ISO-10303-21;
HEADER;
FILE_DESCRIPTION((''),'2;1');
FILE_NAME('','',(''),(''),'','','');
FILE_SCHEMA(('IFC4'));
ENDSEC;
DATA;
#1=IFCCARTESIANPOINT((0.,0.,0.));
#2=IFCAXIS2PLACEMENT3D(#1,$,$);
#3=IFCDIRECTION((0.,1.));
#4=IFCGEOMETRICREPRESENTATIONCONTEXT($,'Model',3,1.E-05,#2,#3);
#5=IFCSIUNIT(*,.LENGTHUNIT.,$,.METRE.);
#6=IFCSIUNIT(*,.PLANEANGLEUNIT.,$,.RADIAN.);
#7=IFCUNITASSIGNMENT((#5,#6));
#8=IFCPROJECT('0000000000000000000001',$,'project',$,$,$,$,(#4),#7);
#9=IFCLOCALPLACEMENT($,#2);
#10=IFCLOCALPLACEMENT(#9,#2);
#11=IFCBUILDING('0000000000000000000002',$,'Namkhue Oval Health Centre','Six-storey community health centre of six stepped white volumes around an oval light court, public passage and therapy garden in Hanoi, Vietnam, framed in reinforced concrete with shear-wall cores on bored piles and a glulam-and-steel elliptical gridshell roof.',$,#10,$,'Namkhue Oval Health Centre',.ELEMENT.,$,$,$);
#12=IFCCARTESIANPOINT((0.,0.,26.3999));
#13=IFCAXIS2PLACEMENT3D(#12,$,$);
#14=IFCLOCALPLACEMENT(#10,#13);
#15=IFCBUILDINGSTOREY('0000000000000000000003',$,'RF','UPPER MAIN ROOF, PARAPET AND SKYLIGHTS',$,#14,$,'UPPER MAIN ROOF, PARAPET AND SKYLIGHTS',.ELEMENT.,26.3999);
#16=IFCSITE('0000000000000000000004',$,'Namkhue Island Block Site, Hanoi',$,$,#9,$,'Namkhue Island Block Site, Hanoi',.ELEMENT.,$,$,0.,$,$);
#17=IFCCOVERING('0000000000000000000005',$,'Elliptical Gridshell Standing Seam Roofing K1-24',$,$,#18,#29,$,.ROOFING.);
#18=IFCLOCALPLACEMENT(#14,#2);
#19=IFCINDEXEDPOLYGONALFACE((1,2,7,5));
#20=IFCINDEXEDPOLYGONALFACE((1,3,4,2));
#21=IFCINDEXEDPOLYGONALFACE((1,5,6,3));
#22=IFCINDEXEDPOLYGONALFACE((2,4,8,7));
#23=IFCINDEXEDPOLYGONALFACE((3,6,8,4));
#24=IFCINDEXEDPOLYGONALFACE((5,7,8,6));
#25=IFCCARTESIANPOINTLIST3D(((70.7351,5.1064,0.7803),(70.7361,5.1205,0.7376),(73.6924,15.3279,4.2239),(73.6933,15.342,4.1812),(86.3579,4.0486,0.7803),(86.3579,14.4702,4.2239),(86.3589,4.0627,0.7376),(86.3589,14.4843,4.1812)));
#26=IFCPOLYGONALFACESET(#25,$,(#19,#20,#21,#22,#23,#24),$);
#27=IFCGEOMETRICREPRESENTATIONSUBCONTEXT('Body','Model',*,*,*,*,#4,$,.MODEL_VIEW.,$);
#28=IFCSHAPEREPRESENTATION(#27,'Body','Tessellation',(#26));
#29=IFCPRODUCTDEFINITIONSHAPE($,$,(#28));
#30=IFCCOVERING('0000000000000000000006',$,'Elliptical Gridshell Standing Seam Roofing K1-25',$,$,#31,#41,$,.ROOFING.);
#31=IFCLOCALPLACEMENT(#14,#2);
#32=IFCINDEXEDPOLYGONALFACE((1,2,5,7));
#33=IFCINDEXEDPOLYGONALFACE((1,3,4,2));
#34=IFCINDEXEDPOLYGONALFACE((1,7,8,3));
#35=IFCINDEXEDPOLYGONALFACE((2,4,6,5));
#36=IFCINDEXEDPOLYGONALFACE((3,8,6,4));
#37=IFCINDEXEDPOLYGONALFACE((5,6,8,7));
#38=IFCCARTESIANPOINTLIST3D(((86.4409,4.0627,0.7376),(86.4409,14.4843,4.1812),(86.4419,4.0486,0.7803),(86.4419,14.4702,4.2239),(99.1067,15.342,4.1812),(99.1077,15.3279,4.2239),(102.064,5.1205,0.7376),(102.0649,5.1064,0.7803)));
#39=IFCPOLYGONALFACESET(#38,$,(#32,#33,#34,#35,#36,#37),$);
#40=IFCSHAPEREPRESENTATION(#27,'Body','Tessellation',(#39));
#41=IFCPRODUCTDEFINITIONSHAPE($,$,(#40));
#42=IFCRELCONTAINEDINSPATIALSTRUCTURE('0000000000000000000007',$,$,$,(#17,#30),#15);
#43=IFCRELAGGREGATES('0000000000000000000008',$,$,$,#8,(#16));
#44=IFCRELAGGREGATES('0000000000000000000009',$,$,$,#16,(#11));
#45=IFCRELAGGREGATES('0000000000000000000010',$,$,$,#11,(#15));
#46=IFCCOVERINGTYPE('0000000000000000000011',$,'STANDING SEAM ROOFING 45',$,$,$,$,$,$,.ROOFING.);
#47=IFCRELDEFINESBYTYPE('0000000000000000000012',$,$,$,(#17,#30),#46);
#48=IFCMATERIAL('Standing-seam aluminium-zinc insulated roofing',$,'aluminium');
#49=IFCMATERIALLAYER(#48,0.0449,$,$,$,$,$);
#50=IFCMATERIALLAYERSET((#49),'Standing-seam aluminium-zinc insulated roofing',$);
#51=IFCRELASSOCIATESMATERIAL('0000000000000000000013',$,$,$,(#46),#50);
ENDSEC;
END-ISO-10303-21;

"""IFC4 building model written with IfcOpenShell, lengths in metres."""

from ifc_helpers import new_model, si_unit, direction, frame, origin, place, context, subcontext, project, spatial, polyline, outline, extrude, material, layer, layer_set, type_object, element, save


model = new_model("IFC4")

# Units and contexts
model_context = context("Model", 3, precision=1e-05, world=origin(), true_north=direction((0.0, 1.0)))
body_context = subcontext(model_context, "Body", "Model", "MODEL_VIEW")
ifc_project = project(units=[si_unit("LENGTHUNIT", "METRE"), si_unit("PLANEANGLEUNIT", "RADIAN")], contexts=[model_context])

# Site, building, storey
site_placement = place(None, origin())
site = spatial("IfcSite", under=ifc_project, at=site_placement, Name="Namkhue Island Block Site, Hanoi", LongName="Namkhue Island Block Site, Hanoi", CompositionType="ELEMENT", RefElevation=0.0)
building_placement = place(site_placement, origin())
building = spatial("IfcBuilding", under=site, at=building_placement, Name="Namkhue Oval Health Centre", Description="Six-storey community health centre of six stepped white volumes around an oval light court, public passage and therapy garden in Hanoi, Vietnam, framed in reinforced concrete with shear-wall cores on bored piles and a glulam-and-steel elliptical gridshell roof.", LongName="Namkhue Oval Health Centre", CompositionType="ELEMENT")
storey_placement = place(building_placement, frame((0.0, 0.0, 26.3999)))
storey = spatial("IfcBuildingStorey", under=building, at=storey_placement, Name="RF", Description="UPPER MAIN ROOF, PARAPET AND SKYLIGHTS", LongName="UPPER MAIN ROOF, PARAPET AND SKYLIGHTS", CompositionType="ELEMENT", Elevation=26.3999)

# Coverings
ifc_material_1 = material(Name="Standing-seam aluminium-zinc insulated roofing", Category="aluminium")
ifc_layer_1 = layer(ifc_material_1, 0.0449)
ifc_layer_set_1 = layer_set([ifc_layer_1], Name="Standing-seam aluminium-zinc insulated roofing")
covering_type_1 = type_object("IfcCoveringType", Name="STANDING SEAM ROOFING 45", PredefinedType="ROOFING", material=ifc_layer_set_1)
covering_1_placement = place(storey_placement, frame((70.7351, 5.1064, 0.7803), z_axis=(-0.02124, -0.313673, 0.949294), x_axis=(0.997715, -0.067558, 0.000001)))
element("IfcCovering", 1, at=covering_1_placement, inside=storey, type_object=covering_type_1, Name="Elliptical Gridshell Standing Seam Roofing K1-24", PredefinedType="ROOFING", context=body_context, shape_type="SweptSolid", body=[
    extrude(outline(polyline([(0.0, 0.0), (15.6586, 0.0), (14.9545, 10.9532), (2.26, 10.9533), (0.0, 0.0)])), origin(), (0.0, 0.0, -1.0), 0.0449),
])
covering_2_placement = place(storey_placement, frame((86.4419, 4.0486, 0.7803), z_axis=(0.02124, -0.313673, 0.949294), x_axis=(0.997715, 0.067557, 0.0)))
element("IfcCovering", 2, at=covering_2_placement, inside=storey, type_object=covering_type_1, Name="Elliptical Gridshell Standing Seam Roofing K1-25", PredefinedType="ROOFING", context=body_context, shape_type="SweptSolid", body=[
    extrude(outline(polyline([(0.0, 0.0), (15.6588, 0.0), (13.3988, 10.9533), (0.7041, 10.9532), (0.0, 0.0)])), origin(), (0.0, 0.0, -1.0), 0.0449),
])

save(model, "model.ifc")
